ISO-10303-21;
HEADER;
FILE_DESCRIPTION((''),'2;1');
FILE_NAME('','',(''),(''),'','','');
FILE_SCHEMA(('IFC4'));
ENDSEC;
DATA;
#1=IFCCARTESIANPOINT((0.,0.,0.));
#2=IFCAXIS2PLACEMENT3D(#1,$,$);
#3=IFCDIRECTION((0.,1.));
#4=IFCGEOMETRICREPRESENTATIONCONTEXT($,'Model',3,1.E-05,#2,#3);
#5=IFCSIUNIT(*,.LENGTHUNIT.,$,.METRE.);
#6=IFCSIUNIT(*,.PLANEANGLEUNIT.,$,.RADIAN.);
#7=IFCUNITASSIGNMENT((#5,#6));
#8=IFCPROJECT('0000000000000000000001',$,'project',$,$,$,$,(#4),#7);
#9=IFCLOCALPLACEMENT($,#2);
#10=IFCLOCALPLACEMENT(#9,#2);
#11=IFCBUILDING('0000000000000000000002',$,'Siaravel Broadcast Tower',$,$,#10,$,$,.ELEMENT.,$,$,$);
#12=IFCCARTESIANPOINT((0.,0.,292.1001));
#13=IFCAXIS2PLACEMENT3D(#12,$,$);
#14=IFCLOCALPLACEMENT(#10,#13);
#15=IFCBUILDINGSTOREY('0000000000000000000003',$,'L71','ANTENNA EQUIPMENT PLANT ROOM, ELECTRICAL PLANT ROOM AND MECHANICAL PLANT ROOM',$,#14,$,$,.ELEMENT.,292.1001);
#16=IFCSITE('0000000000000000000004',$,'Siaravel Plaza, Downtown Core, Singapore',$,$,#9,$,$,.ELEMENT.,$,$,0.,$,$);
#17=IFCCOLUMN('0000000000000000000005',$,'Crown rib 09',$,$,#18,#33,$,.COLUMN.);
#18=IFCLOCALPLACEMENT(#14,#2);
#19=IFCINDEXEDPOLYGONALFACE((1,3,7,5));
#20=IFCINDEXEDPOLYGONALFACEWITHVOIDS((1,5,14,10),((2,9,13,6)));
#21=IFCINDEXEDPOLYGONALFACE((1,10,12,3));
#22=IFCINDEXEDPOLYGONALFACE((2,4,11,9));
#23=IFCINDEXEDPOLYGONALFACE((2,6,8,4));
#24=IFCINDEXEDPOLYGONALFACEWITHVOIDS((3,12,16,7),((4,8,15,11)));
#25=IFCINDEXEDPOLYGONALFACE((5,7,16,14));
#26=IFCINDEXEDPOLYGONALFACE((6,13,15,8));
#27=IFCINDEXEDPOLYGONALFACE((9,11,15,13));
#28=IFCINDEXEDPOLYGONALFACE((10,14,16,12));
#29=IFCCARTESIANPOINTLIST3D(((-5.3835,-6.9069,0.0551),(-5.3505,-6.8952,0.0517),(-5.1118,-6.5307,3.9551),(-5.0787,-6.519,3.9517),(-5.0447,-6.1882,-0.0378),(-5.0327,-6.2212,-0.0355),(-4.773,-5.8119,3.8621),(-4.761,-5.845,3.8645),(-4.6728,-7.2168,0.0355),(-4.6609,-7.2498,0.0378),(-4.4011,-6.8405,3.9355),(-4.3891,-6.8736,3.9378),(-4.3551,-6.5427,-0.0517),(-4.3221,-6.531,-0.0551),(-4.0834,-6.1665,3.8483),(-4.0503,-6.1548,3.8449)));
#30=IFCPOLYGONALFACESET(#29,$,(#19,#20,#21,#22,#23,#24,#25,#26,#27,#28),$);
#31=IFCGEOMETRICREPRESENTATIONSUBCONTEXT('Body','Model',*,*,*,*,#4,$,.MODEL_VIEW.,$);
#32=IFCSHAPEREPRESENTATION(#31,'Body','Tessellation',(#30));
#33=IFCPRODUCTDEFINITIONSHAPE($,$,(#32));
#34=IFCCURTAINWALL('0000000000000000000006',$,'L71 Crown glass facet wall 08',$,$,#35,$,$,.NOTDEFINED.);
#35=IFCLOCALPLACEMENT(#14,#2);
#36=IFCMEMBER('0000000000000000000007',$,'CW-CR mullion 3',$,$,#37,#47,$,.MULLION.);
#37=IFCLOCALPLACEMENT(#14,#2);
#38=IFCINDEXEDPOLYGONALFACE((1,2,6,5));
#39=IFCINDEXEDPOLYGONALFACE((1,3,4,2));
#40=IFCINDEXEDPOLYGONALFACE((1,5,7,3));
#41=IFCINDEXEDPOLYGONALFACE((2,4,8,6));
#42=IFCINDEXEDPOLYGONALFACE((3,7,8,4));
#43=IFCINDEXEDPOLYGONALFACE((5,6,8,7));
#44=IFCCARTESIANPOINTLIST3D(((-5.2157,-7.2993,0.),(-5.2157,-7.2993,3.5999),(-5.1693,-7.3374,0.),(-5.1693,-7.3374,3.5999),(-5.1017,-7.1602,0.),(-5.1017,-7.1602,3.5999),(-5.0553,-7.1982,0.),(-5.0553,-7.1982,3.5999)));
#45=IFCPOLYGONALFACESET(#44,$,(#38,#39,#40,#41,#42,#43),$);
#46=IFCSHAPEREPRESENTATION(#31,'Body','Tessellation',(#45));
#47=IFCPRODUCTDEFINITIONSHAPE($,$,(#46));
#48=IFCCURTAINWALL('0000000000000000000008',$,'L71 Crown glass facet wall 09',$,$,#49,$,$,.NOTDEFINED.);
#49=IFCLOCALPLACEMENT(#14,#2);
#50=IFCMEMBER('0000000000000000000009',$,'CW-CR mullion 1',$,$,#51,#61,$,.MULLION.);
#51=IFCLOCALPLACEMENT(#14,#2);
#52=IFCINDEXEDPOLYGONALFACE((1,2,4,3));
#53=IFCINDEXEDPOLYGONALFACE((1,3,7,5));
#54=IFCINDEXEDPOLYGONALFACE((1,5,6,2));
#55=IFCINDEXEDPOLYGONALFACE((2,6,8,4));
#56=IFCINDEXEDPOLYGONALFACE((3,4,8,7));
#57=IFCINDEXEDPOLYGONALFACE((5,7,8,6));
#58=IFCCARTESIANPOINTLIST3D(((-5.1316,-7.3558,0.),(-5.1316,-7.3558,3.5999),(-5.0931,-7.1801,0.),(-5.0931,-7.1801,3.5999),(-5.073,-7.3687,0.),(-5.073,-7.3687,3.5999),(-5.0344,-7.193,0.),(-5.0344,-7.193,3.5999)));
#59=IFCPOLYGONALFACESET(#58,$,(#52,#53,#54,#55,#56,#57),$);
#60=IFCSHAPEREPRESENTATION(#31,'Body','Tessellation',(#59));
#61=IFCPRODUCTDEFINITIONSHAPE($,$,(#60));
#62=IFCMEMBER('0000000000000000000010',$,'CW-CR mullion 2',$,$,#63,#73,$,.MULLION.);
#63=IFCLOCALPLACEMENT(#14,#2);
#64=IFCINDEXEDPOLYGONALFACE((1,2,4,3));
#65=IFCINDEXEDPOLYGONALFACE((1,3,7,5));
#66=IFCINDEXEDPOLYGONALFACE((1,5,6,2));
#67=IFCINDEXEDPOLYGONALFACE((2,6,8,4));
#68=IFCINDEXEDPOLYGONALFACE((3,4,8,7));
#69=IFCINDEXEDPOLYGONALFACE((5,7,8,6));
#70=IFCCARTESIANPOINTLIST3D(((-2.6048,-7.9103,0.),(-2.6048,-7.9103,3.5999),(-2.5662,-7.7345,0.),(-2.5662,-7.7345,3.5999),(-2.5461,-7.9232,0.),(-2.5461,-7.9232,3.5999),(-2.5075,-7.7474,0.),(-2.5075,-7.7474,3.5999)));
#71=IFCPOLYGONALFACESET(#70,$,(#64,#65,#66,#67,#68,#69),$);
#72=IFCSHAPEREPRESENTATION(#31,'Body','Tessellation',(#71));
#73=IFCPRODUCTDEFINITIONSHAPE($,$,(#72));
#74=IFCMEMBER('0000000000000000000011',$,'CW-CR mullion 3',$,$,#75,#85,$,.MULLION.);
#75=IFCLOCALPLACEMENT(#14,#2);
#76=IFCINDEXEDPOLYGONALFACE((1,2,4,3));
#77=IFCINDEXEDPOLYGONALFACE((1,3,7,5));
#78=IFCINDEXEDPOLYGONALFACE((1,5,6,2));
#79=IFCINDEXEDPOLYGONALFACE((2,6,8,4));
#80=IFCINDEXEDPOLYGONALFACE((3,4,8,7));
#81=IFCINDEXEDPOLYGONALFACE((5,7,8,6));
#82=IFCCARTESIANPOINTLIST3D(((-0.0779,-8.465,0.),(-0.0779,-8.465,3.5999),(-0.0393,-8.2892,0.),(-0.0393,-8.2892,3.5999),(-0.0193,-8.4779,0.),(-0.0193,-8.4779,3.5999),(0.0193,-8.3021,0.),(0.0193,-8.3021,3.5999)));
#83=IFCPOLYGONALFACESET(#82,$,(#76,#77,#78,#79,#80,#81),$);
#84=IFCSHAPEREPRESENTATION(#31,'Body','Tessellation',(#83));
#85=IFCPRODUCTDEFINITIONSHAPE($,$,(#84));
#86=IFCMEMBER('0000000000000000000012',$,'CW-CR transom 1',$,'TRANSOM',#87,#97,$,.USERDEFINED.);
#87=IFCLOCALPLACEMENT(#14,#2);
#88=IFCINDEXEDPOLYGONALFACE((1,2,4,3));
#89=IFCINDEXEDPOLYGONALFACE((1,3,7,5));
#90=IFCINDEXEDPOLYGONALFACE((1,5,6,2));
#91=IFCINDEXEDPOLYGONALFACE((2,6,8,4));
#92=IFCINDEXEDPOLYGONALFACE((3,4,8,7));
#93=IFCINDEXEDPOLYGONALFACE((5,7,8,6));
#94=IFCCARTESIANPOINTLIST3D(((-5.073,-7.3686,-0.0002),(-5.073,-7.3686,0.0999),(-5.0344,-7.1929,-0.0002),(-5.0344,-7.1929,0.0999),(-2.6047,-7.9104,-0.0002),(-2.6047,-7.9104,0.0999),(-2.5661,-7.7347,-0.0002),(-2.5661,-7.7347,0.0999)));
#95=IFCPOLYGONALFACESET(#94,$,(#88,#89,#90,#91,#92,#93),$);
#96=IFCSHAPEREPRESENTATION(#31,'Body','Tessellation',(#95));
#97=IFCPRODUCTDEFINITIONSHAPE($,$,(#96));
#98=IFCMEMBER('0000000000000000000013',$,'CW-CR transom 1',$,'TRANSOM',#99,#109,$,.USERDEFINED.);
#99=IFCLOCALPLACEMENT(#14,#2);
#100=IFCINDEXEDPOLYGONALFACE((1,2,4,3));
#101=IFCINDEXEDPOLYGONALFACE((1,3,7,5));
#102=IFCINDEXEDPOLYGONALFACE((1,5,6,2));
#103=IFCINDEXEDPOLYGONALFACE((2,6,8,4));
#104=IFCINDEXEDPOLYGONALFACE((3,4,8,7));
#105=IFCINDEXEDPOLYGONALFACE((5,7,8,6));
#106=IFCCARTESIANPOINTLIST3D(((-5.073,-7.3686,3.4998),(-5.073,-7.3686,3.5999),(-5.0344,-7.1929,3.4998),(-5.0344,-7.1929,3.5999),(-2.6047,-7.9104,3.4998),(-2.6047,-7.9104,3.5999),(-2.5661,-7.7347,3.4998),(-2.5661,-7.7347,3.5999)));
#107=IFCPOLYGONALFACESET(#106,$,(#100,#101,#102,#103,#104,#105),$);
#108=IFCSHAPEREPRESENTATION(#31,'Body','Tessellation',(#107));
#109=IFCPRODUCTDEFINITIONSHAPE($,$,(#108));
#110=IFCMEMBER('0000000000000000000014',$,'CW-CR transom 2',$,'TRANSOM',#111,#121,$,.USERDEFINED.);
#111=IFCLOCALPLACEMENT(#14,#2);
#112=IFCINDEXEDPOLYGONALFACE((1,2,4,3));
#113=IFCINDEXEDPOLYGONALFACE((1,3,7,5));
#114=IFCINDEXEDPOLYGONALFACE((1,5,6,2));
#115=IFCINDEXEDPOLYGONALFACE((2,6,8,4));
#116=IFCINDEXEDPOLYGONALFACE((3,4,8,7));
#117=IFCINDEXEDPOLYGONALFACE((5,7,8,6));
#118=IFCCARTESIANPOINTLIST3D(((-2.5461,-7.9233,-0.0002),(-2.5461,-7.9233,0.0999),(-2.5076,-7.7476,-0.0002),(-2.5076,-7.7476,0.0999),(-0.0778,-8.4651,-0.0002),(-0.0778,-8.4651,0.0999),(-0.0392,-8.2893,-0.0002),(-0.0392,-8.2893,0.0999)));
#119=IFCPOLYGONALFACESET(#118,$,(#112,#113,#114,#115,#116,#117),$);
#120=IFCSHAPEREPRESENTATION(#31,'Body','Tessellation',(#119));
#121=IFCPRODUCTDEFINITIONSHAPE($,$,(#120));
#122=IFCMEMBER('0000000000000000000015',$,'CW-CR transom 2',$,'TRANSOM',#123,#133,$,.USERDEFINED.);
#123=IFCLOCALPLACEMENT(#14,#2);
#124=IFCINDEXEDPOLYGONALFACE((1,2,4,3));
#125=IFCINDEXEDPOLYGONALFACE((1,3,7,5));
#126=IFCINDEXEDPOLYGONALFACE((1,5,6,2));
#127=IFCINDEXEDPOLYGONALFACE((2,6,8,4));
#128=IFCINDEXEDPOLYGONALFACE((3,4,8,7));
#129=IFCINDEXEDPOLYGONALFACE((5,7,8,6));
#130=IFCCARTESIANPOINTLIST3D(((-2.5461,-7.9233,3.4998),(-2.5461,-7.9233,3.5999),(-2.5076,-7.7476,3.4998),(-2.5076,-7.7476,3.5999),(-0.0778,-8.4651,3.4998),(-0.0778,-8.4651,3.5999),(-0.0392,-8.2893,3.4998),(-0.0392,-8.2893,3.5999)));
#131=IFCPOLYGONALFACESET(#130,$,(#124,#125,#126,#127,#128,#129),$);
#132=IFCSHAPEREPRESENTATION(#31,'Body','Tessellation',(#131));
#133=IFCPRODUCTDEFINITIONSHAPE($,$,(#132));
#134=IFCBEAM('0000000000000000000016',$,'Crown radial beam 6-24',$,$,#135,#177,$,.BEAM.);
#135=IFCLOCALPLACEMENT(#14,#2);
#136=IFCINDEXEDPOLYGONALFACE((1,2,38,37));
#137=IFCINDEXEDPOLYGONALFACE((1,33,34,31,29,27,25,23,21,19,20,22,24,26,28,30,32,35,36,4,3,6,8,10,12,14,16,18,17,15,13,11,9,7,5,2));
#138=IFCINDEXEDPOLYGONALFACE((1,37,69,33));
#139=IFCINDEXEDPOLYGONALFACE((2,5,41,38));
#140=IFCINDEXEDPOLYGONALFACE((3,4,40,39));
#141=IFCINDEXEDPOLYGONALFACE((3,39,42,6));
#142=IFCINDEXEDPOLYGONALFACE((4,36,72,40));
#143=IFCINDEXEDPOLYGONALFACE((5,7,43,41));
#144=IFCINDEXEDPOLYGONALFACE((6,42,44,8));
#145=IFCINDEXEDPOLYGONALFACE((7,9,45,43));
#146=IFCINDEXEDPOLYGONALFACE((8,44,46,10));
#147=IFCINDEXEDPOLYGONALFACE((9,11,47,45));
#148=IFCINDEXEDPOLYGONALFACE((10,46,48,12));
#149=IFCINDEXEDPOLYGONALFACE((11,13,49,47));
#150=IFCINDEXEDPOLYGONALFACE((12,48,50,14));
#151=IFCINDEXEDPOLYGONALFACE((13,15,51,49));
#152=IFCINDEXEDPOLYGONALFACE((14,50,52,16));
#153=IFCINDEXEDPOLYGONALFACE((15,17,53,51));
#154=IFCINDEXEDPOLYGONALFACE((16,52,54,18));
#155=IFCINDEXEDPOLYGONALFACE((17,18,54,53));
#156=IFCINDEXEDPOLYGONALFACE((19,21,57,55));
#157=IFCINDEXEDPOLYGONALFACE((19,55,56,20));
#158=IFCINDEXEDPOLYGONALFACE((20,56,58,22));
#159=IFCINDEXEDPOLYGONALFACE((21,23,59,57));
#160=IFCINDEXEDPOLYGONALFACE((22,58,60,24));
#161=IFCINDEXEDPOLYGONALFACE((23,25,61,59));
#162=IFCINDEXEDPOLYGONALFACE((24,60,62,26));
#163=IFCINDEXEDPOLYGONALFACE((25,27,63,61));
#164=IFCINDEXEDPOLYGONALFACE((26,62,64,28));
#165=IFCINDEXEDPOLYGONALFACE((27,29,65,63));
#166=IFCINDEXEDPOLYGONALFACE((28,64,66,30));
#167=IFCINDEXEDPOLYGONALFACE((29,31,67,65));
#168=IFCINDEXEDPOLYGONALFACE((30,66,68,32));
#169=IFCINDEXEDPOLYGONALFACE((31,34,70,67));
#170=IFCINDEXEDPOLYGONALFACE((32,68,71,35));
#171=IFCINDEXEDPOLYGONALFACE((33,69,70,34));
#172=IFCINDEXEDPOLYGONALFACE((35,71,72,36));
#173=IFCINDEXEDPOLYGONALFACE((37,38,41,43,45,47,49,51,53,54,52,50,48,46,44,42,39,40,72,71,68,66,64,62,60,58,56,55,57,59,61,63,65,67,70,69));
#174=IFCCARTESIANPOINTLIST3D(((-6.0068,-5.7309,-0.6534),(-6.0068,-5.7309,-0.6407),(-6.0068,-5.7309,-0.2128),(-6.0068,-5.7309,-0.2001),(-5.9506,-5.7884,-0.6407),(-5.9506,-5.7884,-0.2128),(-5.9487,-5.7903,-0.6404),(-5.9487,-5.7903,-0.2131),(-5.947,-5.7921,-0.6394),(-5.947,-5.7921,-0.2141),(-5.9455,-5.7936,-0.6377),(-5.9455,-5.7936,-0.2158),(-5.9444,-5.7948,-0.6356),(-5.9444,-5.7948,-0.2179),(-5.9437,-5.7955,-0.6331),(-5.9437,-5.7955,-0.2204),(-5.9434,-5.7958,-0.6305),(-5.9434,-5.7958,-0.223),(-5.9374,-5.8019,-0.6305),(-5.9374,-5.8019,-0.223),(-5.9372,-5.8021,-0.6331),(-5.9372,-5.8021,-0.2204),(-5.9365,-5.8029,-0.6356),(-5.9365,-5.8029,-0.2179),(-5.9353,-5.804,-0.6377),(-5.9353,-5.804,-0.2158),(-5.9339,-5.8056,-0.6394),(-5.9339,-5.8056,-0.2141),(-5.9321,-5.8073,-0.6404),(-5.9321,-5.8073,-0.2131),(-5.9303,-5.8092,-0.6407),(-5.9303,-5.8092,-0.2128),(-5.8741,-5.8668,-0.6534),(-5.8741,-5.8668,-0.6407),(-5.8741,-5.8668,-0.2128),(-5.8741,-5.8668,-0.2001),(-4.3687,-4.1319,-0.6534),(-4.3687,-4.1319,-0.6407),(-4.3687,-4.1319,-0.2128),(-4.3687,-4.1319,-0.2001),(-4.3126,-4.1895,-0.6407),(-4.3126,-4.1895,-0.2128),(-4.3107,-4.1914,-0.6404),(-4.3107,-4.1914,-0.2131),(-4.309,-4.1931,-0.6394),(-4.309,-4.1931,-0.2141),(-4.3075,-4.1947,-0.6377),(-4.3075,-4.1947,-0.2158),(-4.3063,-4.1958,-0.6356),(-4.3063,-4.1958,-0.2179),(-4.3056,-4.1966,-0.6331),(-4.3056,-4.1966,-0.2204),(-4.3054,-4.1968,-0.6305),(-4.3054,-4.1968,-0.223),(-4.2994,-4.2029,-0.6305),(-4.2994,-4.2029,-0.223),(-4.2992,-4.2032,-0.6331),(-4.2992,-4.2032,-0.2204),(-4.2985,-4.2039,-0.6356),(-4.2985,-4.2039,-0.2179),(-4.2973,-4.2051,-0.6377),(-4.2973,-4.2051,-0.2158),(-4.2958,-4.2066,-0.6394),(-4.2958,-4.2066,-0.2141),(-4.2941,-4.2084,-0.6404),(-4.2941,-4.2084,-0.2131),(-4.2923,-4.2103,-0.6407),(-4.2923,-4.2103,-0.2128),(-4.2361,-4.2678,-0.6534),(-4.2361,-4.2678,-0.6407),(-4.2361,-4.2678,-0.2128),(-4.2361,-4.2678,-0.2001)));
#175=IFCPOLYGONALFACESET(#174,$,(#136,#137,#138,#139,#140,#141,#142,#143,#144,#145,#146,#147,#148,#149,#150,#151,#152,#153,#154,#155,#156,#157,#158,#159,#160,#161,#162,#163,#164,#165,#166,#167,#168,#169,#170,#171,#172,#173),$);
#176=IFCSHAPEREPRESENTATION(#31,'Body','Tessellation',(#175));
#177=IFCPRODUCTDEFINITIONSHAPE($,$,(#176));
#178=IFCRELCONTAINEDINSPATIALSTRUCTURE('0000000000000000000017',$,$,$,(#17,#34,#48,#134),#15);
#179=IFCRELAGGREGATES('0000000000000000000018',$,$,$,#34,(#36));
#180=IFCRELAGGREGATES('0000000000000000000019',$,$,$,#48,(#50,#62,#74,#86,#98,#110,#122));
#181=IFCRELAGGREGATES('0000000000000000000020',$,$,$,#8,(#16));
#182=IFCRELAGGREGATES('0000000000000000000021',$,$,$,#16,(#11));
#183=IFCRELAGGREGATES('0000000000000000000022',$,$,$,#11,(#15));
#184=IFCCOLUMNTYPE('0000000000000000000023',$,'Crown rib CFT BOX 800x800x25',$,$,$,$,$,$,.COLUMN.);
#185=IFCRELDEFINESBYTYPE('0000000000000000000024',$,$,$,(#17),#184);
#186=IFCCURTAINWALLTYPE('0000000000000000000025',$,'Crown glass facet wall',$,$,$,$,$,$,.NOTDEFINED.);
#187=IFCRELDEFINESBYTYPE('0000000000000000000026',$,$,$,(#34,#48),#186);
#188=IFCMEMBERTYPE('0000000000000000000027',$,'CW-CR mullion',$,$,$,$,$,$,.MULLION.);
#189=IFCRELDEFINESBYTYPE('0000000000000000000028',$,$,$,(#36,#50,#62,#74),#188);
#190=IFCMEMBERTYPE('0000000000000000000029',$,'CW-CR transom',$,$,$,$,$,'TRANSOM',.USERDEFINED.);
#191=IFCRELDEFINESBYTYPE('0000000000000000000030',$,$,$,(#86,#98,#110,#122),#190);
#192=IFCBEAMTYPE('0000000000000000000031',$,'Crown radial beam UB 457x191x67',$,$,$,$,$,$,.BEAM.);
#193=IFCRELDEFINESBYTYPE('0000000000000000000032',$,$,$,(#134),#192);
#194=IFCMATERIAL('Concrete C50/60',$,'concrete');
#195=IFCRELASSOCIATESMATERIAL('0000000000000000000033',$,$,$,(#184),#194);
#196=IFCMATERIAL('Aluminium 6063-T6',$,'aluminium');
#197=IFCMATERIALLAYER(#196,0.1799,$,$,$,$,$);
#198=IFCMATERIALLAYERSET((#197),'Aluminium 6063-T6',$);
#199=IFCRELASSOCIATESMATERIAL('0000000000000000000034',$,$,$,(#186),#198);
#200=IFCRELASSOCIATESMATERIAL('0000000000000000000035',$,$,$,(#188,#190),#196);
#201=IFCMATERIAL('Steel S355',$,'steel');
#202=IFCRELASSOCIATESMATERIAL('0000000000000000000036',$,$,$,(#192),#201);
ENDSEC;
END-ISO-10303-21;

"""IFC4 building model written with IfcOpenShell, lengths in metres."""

from ifc_helpers import new_model, si_unit, direction, frame, origin, origin_2d, place, context, subcontext, project, spatial, rectangle, hollow_rectangle, i_section, extrude, material, layer, layer_set, material_profile, profile_set, type_object, element, aggregate, save


model = new_model("IFC4")

# Units and contexts
model_context = context("Model", 3, precision=1e-05, world=origin(), true_north=direction((0.0, 1.0)))
body_context = subcontext(model_context, "Body", "Model", "MODEL_VIEW")
ifc_project = project(units=[si_unit("LENGTHUNIT", "METRE"), si_unit("PLANEANGLEUNIT", "RADIAN")], contexts=[model_context])

# Site, building, storey
site_placement = place(None, origin())
site = spatial("IfcSite", under=ifc_project, at=site_placement, Name="Siaravel Plaza, Downtown Core, Singapore", CompositionType="ELEMENT", RefElevation=0.0)
building_placement = place(site_placement, origin())
building = spatial("IfcBuilding", under=site, at=building_placement, Name="Siaravel Broadcast Tower", CompositionType="ELEMENT")
storey_placement = place(building_placement, frame((0.0, 0.0, 292.1001)))
storey = spatial("IfcBuildingStorey", under=building, at=storey_placement, Name="L71", Description="ANTENNA EQUIPMENT PLANT ROOM, ELECTRICAL PLANT ROOM AND MECHANICAL PLANT ROOM", CompositionType="ELEMENT", Elevation=292.1001)

# Column
ifc_material_1 = material(Name="Concrete C50/60", Category="concrete")
ifc_material_profile_1 = material_profile(ifc_material_1, hollow_rectangle(XDim=0.8, YDim=0.8, WallThickness=0.0249, at=origin_2d()))
ifc_profile_set_1 = profile_set([ifc_material_profile_1], Name="Concrete C50/60")
column_type = type_object("IfcColumnType", Name="Crown rib CFT BOX 800x800x25", PredefinedType="COLUMN", material=ifc_profile_set_1)
column_placement = place(storey_placement, frame((-4.8528, -6.719, 0.0), z_axis=(0.069188, 0.095793, 0.992994), x_axis=(-0.903251, 0.428569, 0.021591)))
element("IfcColumn", 1, at=column_placement, inside=storey, type_object=column_type, Name="Crown rib 09", PredefinedType="COLUMN", context=body_context, shape_type="SweptSolid", body=[
    extrude(hollow_rectangle(XDim=0.8, YDim=0.8, WallThickness=0.0249, at=origin_2d()), origin(), (0.0, 0.0, 1.0), 3.9275),
])

# Curtain wall, member
ifc_material_2 = material(Name="Aluminium 6063-T6", Category="aluminium")
ifc_layer_1 = layer(ifc_material_2, 0.1799)
ifc_layer_set_1 = layer_set([ifc_layer_1], Name="Aluminium 6063-T6")
curtain_wall_type = type_object("IfcCurtainWallType", Name="Crown glass facet wall", PredefinedType="NOTDEFINED", material=ifc_layer_set_1)
curtain_wall_1_placement = place(storey_placement, origin())
curtain_wall_1 = element("IfcCurtainWall", 2, at=curtain_wall_1_placement, inside=storey, type_object=curtain_wall_type, Name="L71 Crown glass facet wall 08", PredefinedType="NOTDEFINED")
ifc_material_profile_2 = material_profile(ifc_material_2, rectangle(XDim=0.1799, YDim=0.0601, at=origin_2d()))
ifc_profile_set_2 = profile_set([ifc_material_profile_2], Name="Aluminium 6063-T6")
member_type_1 = type_object("IfcMemberType", Name="CW-CR mullion", PredefinedType="MULLION", material=ifc_profile_set_2)
member_1_placement = place(storey_placement, frame((-5.1355, -7.2488, 0.0), z_axis=(0.0, 0.0, 1.0), x_axis=(0.633724, 0.773559, 0.0)))
member_1 = element("IfcMember", 3, at=member_1_placement, type_object=member_type_1, Name="CW-CR mullion 3", PredefinedType="MULLION", context=body_context, shape_type="SweptSolid", body=[
    extrude(rectangle(XDim=0.1799, YDim=0.0601, at=origin_2d()), origin(), (0.0, 0.0, 1.0), 3.5999),
])

# Curtain wall, members
curtain_wall_2_placement = place(storey_placement, origin())
curtain_wall_2 = element("IfcCurtainWall", 4, at=curtain_wall_2_placement, inside=storey, type_object=curtain_wall_type, Name="L71 Crown glass facet wall 09", PredefinedType="NOTDEFINED")
member_2_placement = place(storey_placement, frame((-5.083, -7.2744, 0.0), z_axis=(0.0, 0.0, 1.0), x_axis=(0.214399, 0.976746, 0.0)))
member_2 = element("IfcMember", 5, at=member_2_placement, type_object=member_type_1, Name="CW-CR mullion 1", PredefinedType="MULLION", context=body_context, shape_type="SweptSolid", body=[
    extrude(rectangle(XDim=0.1799, YDim=0.0601, at=origin_2d()), origin(), (0.0, 0.0, 1.0), 3.5999),
])
member_3_placement = place(storey_placement, frame((-2.5562, -7.8289, 0.0), z_axis=(0.0, 0.0, 1.0), x_axis=(0.214399, 0.976746, 0.0)))
member_3 = element("IfcMember", 6, at=member_3_placement, type_object=member_type_1, Name="CW-CR mullion 2", PredefinedType="MULLION", context=body_context, shape_type="SweptSolid", body=[
    extrude(rectangle(XDim=0.1799, YDim=0.0601, at=origin_2d()), origin(), (0.0, 0.0, 1.0), 3.5999),
])
member_4_placement = place(storey_placement, frame((-0.0293, -8.3835, 0.0), z_axis=(0.0, 0.0, 1.0), x_axis=(0.214399, 0.976746, 0.0)))
member_4 = element("IfcMember", 7, at=member_4_placement, type_object=member_type_1, Name="CW-CR mullion 3", PredefinedType="MULLION", context=body_context, shape_type="SweptSolid", body=[
    extrude(rectangle(XDim=0.1799, YDim=0.0601, at=origin_2d()), origin(), (0.0, 0.0, 1.0), 3.5999),
])
ifc_material_profile_3 = material_profile(ifc_material_2, rectangle(XDim=0.1799, YDim=0.1001, at=origin_2d()))
ifc_profile_set_3 = profile_set([ifc_material_profile_3], Name="Aluminium 6063-T6")
member_type_2 = type_object("IfcMemberType", Name="CW-CR transom", ElementType="TRANSOM", PredefinedType="USERDEFINED", material=ifc_profile_set_3)
member_5_placement = place(storey_placement, frame((-5.0537, -7.2808, 0.0498), z_axis=(0.97675, -0.214383, 0.0), x_axis=(0.214383, 0.97675, 0.0)))
member_5 = element("IfcMember", 8, at=member_5_placement, type_object=member_type_2, Name="CW-CR transom 1", ObjectType="TRANSOM", PredefinedType="USERDEFINED", context=body_context, shape_type="SweptSolid", body=[
    extrude(rectangle(XDim=0.1799, YDim=0.1001, at=origin_2d()), origin(), (0.0, 0.0, 1.0), 2.5271),
])
member_6_placement = place(storey_placement, frame((-5.0537, -7.2808, 3.5498), z_axis=(0.97675, -0.214383, 0.0), x_axis=(0.214383, 0.97675, 0.0)))
member_6 = element("IfcMember", 9, at=member_6_placement, type_object=member_type_2, Name="CW-CR transom 1", ObjectType="TRANSOM", PredefinedType="USERDEFINED", context=body_context, shape_type="SweptSolid", body=[
    extrude(rectangle(XDim=0.1799, YDim=0.1001, at=origin_2d()), origin(), (0.0, 0.0, 1.0), 2.5271),
])
member_7_placement = place(storey_placement, frame((-2.5269, -7.8354, 0.0498), z_axis=(0.97675, -0.214383, 0.0), x_axis=(0.214383, 0.97675, 0.0)))
member_7 = element("IfcMember", 10, at=member_7_placement, type_object=member_type_2, Name="CW-CR transom 2", ObjectType="TRANSOM", PredefinedType="USERDEFINED", context=body_context, shape_type="SweptSolid", body=[
    extrude(rectangle(XDim=0.1799, YDim=0.1001, at=origin_2d()), origin(), (0.0, 0.0, 1.0), 2.5271),
])
member_8_placement = place(storey_placement, frame((-2.5269, -7.8354, 3.5498), z_axis=(0.97675, -0.214383, 0.0), x_axis=(0.214383, 0.97675, 0.0)))
member_8 = element("IfcMember", 11, at=member_8_placement, type_object=member_type_2, Name="CW-CR transom 2", ObjectType="TRANSOM", PredefinedType="USERDEFINED", context=body_context, shape_type="SweptSolid", body=[
    extrude(rectangle(XDim=0.1799, YDim=0.1001, at=origin_2d()), origin(), (0.0, 0.0, 1.0), 2.5271),
])

# Beam
ifc_material_3 = material(Name="Steel S355", Category="steel")
ifc_material_profile_4 = material_profile(ifc_material_3, i_section(OverallWidth=0.1899, OverallDepth=0.4534, WebThickness=0.0085, FlangeThickness=0.0127, FilletRadius=0.0103, at=origin_2d()))
ifc_profile_set_4 = profile_set([ifc_material_profile_4], Name="Steel S355")
beam_type_1 = type_object("IfcBeamType", Name="Crown radial beam UB 457x191x67", PredefinedType="BEAM", material=ifc_profile_set_4)
beam_1_placement = place(storey_placement, frame((-5.9404, -5.7988, -0.4268), z_axis=(0.715588, 0.698522, 0.0), x_axis=(-0.698522, 0.715588, 0.0)))
element("IfcBeam", 12, at=beam_1_placement, inside=storey, type_object=beam_type_1, Name="Crown radial beam 6-24", PredefinedType="BEAM", context=body_context, shape_type="SweptSolid", body=[
    extrude(i_section(OverallWidth=0.1899, OverallDepth=0.4534, WebThickness=0.0085, FlangeThickness=0.0127, FilletRadius=0.0103, at=origin_2d()), origin(), (0.0, 0.0, 1.0), 2.2891),
])

aggregate(curtain_wall_1, [member_1])
aggregate(curtain_wall_2, [member_2, member_3, member_4, member_5, member_6, member_7, member_8])

save(model, "model.ifc")
